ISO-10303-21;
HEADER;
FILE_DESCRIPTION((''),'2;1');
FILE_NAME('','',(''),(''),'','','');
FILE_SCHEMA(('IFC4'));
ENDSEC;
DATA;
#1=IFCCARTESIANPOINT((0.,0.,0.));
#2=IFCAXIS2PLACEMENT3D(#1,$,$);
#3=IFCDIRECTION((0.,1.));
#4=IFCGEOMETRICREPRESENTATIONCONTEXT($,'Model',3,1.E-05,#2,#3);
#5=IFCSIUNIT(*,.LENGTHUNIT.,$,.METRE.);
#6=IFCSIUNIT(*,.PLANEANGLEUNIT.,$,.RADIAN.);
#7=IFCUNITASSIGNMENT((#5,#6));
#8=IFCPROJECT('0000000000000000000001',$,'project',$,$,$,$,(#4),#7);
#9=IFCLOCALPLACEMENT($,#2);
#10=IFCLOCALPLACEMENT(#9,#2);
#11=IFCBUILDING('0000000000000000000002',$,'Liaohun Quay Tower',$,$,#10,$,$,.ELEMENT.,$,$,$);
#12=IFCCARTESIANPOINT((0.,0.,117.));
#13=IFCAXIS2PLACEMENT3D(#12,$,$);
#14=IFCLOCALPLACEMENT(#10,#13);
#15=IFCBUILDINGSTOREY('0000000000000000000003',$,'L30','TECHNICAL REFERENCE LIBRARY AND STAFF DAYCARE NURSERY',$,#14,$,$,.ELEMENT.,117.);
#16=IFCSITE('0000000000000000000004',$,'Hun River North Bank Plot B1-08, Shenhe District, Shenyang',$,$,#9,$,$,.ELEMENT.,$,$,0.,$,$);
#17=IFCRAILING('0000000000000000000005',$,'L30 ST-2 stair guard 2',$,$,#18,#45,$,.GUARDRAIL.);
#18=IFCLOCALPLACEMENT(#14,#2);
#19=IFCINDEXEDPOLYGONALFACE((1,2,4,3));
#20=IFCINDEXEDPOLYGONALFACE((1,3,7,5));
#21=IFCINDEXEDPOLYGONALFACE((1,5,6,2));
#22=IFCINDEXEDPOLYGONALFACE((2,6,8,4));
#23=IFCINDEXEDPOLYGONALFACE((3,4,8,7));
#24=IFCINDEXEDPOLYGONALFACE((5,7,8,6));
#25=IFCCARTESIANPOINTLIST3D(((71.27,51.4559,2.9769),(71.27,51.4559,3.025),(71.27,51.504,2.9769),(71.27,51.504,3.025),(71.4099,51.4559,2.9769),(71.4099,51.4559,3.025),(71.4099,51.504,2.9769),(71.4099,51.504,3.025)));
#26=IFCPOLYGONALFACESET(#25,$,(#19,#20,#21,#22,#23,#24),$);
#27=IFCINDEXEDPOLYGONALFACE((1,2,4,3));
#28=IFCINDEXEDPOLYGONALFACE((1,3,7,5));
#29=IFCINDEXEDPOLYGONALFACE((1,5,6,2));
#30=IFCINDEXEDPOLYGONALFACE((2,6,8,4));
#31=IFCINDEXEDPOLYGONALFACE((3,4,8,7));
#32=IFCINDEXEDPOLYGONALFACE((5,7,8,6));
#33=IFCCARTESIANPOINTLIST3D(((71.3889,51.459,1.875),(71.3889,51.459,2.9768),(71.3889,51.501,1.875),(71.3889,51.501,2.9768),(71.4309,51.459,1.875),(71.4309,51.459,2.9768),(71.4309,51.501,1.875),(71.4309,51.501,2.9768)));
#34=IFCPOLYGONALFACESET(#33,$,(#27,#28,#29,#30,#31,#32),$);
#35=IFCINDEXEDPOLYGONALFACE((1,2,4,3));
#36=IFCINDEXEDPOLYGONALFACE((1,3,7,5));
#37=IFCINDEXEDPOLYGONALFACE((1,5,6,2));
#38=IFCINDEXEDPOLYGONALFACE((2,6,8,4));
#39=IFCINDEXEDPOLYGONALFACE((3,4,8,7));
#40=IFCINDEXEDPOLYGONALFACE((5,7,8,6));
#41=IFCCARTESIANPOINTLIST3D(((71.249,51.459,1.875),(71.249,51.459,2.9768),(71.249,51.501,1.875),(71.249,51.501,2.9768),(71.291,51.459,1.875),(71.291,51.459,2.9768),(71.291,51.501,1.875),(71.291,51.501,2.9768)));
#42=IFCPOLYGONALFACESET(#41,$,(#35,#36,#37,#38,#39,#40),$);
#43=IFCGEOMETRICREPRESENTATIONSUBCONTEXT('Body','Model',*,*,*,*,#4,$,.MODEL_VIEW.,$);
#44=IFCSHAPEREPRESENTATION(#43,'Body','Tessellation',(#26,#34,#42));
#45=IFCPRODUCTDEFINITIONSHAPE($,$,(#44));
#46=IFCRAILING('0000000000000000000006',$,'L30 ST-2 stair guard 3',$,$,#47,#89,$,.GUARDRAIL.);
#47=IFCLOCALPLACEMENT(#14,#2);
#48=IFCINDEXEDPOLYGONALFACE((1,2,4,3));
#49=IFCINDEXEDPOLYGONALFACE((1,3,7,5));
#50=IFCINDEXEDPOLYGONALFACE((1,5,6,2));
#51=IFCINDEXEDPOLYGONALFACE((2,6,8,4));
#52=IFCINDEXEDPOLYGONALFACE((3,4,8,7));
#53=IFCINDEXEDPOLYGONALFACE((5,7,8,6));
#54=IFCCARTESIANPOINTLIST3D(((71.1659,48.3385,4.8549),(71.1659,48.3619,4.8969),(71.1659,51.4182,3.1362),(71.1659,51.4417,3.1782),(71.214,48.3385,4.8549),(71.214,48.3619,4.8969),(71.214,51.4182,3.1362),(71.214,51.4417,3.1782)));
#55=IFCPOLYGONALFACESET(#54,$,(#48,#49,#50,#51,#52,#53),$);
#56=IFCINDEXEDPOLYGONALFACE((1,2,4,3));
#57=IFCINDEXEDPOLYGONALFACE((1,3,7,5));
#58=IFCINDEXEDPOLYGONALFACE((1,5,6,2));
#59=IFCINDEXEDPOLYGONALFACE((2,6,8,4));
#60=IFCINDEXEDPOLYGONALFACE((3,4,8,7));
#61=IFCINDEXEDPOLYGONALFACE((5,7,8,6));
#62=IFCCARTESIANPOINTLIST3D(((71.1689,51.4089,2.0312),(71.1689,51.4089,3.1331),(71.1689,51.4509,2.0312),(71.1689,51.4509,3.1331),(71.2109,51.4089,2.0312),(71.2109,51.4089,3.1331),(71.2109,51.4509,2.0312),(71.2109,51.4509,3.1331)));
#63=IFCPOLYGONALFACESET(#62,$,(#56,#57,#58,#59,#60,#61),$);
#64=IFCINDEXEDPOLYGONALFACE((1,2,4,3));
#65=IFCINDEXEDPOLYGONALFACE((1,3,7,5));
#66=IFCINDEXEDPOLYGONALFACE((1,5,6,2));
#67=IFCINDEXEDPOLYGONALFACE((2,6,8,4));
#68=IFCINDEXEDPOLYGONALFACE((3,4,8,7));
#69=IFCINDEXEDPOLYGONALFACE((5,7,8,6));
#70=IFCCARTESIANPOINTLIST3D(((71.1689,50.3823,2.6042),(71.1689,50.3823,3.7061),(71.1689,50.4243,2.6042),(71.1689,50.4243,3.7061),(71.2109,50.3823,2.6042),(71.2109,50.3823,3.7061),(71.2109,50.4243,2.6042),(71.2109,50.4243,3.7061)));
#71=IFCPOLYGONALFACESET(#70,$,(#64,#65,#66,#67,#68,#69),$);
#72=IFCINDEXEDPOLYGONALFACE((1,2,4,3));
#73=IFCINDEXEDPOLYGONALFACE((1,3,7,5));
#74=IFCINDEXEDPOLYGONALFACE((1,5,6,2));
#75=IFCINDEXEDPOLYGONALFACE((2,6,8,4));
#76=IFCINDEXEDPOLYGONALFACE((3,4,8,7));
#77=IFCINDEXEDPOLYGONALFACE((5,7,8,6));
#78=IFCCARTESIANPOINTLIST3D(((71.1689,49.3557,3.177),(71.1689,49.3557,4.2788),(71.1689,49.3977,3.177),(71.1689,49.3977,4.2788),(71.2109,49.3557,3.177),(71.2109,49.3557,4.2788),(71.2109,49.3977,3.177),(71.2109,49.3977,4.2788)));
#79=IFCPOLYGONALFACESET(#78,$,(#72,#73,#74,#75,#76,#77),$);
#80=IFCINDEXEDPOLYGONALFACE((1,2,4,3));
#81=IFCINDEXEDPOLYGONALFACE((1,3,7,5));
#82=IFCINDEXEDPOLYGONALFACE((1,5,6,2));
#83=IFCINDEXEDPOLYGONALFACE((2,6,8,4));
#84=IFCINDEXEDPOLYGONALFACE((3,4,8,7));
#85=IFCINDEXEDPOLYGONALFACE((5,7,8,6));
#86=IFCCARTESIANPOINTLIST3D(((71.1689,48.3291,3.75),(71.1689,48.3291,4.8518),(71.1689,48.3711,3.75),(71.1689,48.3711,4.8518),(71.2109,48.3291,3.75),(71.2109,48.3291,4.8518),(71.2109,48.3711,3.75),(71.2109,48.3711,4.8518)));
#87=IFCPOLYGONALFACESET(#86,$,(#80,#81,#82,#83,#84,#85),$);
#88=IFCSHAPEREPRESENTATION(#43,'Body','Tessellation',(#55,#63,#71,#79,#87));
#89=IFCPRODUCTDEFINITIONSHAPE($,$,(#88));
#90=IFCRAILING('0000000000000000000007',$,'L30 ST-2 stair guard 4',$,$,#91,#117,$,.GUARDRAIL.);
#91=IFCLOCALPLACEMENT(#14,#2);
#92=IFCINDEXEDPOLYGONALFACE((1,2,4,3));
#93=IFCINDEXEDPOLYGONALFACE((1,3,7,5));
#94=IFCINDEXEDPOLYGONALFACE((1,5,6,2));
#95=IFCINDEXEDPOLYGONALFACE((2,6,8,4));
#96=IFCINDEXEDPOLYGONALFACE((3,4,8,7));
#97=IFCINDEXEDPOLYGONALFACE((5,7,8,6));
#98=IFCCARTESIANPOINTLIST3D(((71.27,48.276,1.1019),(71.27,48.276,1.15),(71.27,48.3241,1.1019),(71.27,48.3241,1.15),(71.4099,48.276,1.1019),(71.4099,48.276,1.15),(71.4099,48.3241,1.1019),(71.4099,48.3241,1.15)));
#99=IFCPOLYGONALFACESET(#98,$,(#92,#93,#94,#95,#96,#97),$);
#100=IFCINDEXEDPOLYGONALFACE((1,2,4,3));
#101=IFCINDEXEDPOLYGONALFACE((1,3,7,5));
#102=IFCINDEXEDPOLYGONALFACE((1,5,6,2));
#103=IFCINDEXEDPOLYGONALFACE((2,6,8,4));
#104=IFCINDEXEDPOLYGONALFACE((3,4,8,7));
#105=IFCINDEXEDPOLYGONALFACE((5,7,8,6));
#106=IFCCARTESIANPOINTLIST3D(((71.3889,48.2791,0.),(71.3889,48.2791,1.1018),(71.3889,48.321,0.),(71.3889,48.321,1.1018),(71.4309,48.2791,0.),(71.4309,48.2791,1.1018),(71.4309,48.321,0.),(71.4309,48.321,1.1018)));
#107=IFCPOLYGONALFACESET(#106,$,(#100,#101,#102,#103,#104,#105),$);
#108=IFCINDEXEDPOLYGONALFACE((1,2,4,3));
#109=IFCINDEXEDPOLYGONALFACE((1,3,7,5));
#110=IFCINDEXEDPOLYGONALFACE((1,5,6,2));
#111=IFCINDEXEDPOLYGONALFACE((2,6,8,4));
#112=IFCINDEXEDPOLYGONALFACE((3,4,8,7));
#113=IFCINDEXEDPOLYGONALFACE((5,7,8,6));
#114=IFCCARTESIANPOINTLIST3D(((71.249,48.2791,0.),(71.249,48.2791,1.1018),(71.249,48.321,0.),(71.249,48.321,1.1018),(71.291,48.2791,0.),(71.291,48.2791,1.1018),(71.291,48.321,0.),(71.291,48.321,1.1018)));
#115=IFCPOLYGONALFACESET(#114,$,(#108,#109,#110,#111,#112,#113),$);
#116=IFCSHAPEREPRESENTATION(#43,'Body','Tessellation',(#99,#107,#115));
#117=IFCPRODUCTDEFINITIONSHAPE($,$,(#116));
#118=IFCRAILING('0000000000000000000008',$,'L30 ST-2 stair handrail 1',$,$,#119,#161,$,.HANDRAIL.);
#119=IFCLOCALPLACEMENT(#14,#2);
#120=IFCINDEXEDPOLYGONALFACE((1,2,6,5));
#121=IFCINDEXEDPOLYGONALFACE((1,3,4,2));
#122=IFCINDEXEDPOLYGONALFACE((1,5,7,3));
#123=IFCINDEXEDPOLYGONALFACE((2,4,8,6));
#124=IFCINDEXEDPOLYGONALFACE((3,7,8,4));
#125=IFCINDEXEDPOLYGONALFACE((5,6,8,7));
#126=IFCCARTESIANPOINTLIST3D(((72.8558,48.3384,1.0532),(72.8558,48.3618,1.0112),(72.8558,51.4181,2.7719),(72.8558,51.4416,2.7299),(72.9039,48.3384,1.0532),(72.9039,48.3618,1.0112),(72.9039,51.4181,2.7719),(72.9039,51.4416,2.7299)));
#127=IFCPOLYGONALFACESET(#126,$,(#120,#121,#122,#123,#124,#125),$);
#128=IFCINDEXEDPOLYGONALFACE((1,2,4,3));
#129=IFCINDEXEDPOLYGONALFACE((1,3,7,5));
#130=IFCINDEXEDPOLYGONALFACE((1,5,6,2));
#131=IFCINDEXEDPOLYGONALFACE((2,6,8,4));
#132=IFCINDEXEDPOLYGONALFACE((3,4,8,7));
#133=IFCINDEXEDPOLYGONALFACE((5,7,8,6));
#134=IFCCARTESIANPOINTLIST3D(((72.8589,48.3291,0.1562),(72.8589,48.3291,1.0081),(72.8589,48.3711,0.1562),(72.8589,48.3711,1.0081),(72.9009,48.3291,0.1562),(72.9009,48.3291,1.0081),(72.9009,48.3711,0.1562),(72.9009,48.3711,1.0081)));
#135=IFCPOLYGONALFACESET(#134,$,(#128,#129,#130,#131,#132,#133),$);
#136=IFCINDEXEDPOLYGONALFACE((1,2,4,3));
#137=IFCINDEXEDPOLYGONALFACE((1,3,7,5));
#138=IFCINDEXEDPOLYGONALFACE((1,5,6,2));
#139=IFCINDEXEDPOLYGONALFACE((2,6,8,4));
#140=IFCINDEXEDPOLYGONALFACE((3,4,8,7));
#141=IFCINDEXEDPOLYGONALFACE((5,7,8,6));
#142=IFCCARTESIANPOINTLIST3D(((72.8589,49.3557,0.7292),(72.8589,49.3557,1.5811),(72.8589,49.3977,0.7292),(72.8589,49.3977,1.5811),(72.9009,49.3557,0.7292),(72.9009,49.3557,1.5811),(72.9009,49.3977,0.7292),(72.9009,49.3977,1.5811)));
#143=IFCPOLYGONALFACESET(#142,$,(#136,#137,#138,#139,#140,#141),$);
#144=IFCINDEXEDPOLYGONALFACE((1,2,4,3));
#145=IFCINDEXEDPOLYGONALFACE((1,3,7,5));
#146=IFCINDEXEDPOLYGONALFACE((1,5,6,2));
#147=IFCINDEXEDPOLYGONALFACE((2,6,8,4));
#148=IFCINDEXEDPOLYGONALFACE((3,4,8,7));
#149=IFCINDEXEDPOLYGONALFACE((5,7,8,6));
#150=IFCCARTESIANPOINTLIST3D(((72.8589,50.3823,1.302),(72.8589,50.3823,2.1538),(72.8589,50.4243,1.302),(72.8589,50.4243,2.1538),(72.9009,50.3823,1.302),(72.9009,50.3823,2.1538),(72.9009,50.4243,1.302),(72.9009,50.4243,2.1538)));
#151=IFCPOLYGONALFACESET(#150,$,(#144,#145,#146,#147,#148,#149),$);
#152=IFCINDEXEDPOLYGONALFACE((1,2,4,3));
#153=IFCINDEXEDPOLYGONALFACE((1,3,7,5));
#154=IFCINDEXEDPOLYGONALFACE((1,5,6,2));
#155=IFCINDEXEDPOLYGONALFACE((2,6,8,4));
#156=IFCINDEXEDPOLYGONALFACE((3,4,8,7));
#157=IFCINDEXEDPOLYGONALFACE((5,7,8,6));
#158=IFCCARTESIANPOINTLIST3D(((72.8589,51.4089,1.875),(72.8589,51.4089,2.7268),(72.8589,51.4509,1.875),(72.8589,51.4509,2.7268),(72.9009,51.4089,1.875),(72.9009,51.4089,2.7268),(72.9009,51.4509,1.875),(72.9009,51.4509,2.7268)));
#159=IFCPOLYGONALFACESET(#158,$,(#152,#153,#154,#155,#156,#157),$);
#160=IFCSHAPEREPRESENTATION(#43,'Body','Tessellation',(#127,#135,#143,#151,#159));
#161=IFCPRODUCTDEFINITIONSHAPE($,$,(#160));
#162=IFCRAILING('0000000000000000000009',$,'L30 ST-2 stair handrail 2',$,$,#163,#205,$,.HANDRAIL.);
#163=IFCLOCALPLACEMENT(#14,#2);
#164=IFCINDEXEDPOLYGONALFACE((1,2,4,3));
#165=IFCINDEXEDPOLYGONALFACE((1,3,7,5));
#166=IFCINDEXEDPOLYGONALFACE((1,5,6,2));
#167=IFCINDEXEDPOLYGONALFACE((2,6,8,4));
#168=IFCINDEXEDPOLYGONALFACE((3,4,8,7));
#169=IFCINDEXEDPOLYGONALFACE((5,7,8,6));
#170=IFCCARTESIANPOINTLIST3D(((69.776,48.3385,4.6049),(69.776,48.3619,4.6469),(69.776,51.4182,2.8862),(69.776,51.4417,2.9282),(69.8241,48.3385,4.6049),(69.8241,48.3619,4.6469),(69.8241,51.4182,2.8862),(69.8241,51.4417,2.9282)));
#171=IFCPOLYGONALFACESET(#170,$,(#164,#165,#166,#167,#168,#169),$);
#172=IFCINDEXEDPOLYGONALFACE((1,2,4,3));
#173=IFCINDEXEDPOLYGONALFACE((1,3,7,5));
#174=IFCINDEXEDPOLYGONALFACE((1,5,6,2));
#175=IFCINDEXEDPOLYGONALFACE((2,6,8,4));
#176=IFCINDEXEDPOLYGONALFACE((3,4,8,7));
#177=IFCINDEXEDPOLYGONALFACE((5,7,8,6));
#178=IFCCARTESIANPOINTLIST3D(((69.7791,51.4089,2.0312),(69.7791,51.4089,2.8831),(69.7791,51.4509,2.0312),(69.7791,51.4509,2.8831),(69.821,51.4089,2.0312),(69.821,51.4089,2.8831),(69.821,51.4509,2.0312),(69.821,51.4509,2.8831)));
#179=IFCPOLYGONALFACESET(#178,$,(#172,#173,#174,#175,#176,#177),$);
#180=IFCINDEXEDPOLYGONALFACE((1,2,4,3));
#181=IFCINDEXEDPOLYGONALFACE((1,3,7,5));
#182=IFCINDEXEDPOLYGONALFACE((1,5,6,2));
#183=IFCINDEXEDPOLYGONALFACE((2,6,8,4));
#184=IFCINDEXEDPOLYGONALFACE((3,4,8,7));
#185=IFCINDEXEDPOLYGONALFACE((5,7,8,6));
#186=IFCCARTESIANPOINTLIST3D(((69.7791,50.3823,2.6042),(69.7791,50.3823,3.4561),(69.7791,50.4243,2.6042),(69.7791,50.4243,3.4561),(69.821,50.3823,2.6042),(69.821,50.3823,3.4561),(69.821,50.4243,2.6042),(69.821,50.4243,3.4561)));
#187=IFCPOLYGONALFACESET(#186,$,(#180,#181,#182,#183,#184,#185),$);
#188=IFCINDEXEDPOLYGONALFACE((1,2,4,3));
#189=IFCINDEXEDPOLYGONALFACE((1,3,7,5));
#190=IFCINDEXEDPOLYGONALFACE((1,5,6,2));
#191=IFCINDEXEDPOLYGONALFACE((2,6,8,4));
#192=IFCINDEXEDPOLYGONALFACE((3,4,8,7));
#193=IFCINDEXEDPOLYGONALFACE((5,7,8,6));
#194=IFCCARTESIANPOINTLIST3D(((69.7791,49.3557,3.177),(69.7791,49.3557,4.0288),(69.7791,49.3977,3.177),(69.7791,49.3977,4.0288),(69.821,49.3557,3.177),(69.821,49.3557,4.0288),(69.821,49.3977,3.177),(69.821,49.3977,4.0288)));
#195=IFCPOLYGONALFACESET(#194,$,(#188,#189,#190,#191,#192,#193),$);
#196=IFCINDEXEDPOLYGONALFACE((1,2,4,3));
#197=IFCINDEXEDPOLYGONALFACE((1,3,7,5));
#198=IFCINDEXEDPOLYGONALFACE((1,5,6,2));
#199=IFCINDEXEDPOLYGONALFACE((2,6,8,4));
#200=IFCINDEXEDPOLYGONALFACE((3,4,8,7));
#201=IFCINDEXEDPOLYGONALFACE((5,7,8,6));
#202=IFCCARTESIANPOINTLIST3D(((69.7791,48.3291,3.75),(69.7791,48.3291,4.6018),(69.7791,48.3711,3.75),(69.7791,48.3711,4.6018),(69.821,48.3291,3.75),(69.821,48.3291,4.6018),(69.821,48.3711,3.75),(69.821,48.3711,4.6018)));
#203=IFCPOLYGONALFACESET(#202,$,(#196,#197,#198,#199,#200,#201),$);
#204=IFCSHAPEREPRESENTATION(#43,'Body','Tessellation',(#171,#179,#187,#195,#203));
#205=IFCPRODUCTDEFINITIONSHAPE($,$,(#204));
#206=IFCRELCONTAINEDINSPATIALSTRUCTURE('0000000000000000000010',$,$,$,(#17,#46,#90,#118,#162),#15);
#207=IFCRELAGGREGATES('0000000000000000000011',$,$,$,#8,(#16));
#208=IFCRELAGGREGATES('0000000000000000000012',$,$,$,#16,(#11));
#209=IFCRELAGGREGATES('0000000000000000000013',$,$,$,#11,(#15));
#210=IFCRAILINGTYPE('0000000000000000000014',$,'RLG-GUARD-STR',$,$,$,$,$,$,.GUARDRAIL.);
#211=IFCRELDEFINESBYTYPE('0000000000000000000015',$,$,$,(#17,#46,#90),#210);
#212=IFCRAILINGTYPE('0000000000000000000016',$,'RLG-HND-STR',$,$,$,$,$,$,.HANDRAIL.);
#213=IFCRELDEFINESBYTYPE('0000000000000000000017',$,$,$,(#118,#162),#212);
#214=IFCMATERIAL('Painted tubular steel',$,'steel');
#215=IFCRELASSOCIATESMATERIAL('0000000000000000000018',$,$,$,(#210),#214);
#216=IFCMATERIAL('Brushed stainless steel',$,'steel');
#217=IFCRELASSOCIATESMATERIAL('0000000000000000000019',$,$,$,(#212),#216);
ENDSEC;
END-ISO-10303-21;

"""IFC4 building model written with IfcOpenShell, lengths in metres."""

from ifc_helpers import new_model, si_unit, direction, frame, origin, origin_2d, place, context, subcontext, project, spatial, rectangle, extrude, material, type_object, element, save


model = new_model("IFC4")

# Units and contexts
model_context = context("Model", 3, precision=1e-05, world=origin(), true_north=direction((0.0, 1.0)))
body_context = subcontext(model_context, "Body", "Model", "MODEL_VIEW")
ifc_project = project(units=[si_unit("LENGTHUNIT", "METRE"), si_unit("PLANEANGLEUNIT", "RADIAN")], contexts=[model_context])

# Site, building, storey
site_placement = place(None, origin())
site = spatial("IfcSite", under=ifc_project, at=site_placement, Name="Hun River North Bank Plot B1-08, Shenhe District, Shenyang", CompositionType="ELEMENT", RefElevation=0.0)
building_placement = place(site_placement, origin())
building = spatial("IfcBuilding", under=site, at=building_placement, Name="Liaohun Quay Tower", CompositionType="ELEMENT")
storey_placement = place(building_placement, frame((0.0, 0.0, 117.0)))
storey = spatial("IfcBuildingStorey", under=building, at=storey_placement, Name="L30", Description="TECHNICAL REFERENCE LIBRARY AND STAFF DAYCARE NURSERY", CompositionType="ELEMENT", Elevation=117.0)

# Railings
ifc_material_1 = material(Name="Painted tubular steel", Category="steel")
railing_type_1 = type_object("IfcRailingType", Name="RLG-GUARD-STR", PredefinedType="GUARDRAIL", material=ifc_material_1)
railing_1_placement = place(storey_placement, frame((71.4099, 51.48, 1.875)))
element("IfcRailing", 1, at=railing_1_placement, inside=storey, type_object=railing_type_1, Name="L30 ST-2 stair guard 2", PredefinedType="GUARDRAIL", context=body_context, shape_type="SweptSolid", body=[
    extrude(rectangle(XDim=0.0481, YDim=0.0481, at=origin_2d()), frame((0.0, 0.0, 1.126), z_axis=(-1.0, 0.0, 0.0), x_axis=(0.0, -1.0, 0.0)), (0.0, 0.0, 1.0), 0.1399),
    extrude(rectangle(XDim=0.042, YDim=0.042, at=origin_2d()), origin(), (0.0, 0.0, 1.0), 1.1018),
    extrude(rectangle(XDim=0.042, YDim=0.042, at=origin_2d()), frame((-0.1399, 0.0, 0.0)), (0.0, 0.0, 1.0), 1.1018),
])
railing_2_placement = place(storey_placement, frame((71.1899, 51.4299, 2.0312)))
element("IfcRailing", 2, at=railing_2_placement, inside=storey, type_object=railing_type_1, Name="L30 ST-2 stair guard 3", PredefinedType="GUARDRAIL", context=body_context, shape_type="SweptSolid", body=[
    extrude(rectangle(XDim=0.0481, YDim=0.0481, at=origin_2d()), frame((0.0, 0.0, 1.126), z_axis=(0.0, -0.873225, 0.487317), x_axis=(1.0, 0.0, 0.0)), (0.0, 0.0, 1.0), 3.5269),
    extrude(rectangle(XDim=0.042, YDim=0.042, at=origin_2d()), origin(), (0.0, 0.0, 1.0), 1.1018),
    extrude(rectangle(XDim=0.042, YDim=0.042, at=origin_2d()), frame((0.0, -1.0266, 0.573)), (0.0, 0.0, 1.0), 1.1018),
    extrude(rectangle(XDim=0.042, YDim=0.042, at=origin_2d()), frame((0.0, -2.0532, 1.1458)), (0.0, 0.0, 1.0), 1.1018),
    extrude(rectangle(XDim=0.042, YDim=0.042, at=origin_2d()), frame((0.0, -3.0798, 1.7188)), (0.0, 0.0, 1.0), 1.1018),
])
railing_3_placement = place(storey_placement, frame((71.4099, 48.3, 0.0)))
element("IfcRailing", 3, at=railing_3_placement, inside=storey, type_object=railing_type_1, Name="L30 ST-2 stair guard 4", PredefinedType="GUARDRAIL", context=body_context, shape_type="SweptSolid", body=[
    extrude(rectangle(XDim=0.0481, YDim=0.0481, at=origin_2d()), frame((0.0, 0.0, 1.126), z_axis=(-1.0, 0.0, 0.0), x_axis=(0.0, -1.0, 0.0)), (0.0, 0.0, 1.0), 0.1399),
    extrude(rectangle(XDim=0.042, YDim=0.042, at=origin_2d()), origin(), (0.0, 0.0, 1.0), 1.1018),
    extrude(rectangle(XDim=0.042, YDim=0.042, at=origin_2d()), frame((-0.1399, 0.0, 0.0)), (0.0, 0.0, 1.0), 1.1018),
])
ifc_material_2 = material(Name="Brushed stainless steel", Category="steel")
railing_type_2 = type_object("IfcRailingType", Name="RLG-HND-STR", PredefinedType="HANDRAIL", material=ifc_material_2)
railing_4_placement = place(storey_placement, frame((72.8799, 48.3501, 0.1562)))
element("IfcRailing", 4, at=railing_4_placement, inside=storey, type_object=railing_type_2, Name="L30 ST-2 stair handrail 1", PredefinedType="HANDRAIL", context=body_context, shape_type="SweptSolid", body=[
    extrude(rectangle(XDim=0.0481, YDim=0.0481, at=origin_2d()), frame((0.0, 0.0, 0.876), z_axis=(0.0, 0.873225, 0.487317), x_axis=(-1.0, 0.0, 0.0)), (0.0, 0.0, 1.0), 3.5269),
    extrude(rectangle(XDim=0.042, YDim=0.042, at=origin_2d()), origin(), (0.0, 0.0, 1.0), 0.8518),
    extrude(rectangle(XDim=0.042, YDim=0.042, at=origin_2d()), frame((0.0, 1.0266, 0.573)), (0.0, 0.0, 1.0), 0.8518),
    extrude(rectangle(XDim=0.042, YDim=0.042, at=origin_2d()), frame((0.0, 2.0532, 1.1458)), (0.0, 0.0, 1.0), 0.8518),
    extrude(rectangle(XDim=0.042, YDim=0.042, at=origin_2d()), frame((0.0, 3.0798, 1.7188)), (0.0, 0.0, 1.0), 0.8518),
])
railing_5_placement = place(storey_placement, frame((69.8, 51.4299, 2.0312)))
element("IfcRailing", 5, at=railing_5_placement, inside=storey, type_object=railing_type_2, Name="L30 ST-2 stair handrail 2", PredefinedType="HANDRAIL", context=body_context, shape_type="SweptSolid", body=[
    extrude(rectangle(XDim=0.0481, YDim=0.0481, at=origin_2d()), frame((0.0, 0.0, 0.876), z_axis=(0.0, -0.873225, 0.487317), x_axis=(1.0, 0.0, 0.0)), (0.0, 0.0, 1.0), 3.5269),
    extrude(rectangle(XDim=0.042, YDim=0.042, at=origin_2d()), origin(), (0.0, 0.0, 1.0), 0.8518),
    extrude(rectangle(XDim=0.042, YDim=0.042, at=origin_2d()), frame((0.0, -1.0266, 0.573)), (0.0, 0.0, 1.0), 0.8518),
    extrude(rectangle(XDim=0.042, YDim=0.042, at=origin_2d()), frame((0.0, -2.0532, 1.1458)), (0.0, 0.0, 1.0), 0.8518),
    extrude(rectangle(XDim=0.042, YDim=0.042, at=origin_2d()), frame((0.0, -3.0798, 1.7188)), (0.0, 0.0, 1.0), 0.8518),
])

save(model, "model.ifc")
